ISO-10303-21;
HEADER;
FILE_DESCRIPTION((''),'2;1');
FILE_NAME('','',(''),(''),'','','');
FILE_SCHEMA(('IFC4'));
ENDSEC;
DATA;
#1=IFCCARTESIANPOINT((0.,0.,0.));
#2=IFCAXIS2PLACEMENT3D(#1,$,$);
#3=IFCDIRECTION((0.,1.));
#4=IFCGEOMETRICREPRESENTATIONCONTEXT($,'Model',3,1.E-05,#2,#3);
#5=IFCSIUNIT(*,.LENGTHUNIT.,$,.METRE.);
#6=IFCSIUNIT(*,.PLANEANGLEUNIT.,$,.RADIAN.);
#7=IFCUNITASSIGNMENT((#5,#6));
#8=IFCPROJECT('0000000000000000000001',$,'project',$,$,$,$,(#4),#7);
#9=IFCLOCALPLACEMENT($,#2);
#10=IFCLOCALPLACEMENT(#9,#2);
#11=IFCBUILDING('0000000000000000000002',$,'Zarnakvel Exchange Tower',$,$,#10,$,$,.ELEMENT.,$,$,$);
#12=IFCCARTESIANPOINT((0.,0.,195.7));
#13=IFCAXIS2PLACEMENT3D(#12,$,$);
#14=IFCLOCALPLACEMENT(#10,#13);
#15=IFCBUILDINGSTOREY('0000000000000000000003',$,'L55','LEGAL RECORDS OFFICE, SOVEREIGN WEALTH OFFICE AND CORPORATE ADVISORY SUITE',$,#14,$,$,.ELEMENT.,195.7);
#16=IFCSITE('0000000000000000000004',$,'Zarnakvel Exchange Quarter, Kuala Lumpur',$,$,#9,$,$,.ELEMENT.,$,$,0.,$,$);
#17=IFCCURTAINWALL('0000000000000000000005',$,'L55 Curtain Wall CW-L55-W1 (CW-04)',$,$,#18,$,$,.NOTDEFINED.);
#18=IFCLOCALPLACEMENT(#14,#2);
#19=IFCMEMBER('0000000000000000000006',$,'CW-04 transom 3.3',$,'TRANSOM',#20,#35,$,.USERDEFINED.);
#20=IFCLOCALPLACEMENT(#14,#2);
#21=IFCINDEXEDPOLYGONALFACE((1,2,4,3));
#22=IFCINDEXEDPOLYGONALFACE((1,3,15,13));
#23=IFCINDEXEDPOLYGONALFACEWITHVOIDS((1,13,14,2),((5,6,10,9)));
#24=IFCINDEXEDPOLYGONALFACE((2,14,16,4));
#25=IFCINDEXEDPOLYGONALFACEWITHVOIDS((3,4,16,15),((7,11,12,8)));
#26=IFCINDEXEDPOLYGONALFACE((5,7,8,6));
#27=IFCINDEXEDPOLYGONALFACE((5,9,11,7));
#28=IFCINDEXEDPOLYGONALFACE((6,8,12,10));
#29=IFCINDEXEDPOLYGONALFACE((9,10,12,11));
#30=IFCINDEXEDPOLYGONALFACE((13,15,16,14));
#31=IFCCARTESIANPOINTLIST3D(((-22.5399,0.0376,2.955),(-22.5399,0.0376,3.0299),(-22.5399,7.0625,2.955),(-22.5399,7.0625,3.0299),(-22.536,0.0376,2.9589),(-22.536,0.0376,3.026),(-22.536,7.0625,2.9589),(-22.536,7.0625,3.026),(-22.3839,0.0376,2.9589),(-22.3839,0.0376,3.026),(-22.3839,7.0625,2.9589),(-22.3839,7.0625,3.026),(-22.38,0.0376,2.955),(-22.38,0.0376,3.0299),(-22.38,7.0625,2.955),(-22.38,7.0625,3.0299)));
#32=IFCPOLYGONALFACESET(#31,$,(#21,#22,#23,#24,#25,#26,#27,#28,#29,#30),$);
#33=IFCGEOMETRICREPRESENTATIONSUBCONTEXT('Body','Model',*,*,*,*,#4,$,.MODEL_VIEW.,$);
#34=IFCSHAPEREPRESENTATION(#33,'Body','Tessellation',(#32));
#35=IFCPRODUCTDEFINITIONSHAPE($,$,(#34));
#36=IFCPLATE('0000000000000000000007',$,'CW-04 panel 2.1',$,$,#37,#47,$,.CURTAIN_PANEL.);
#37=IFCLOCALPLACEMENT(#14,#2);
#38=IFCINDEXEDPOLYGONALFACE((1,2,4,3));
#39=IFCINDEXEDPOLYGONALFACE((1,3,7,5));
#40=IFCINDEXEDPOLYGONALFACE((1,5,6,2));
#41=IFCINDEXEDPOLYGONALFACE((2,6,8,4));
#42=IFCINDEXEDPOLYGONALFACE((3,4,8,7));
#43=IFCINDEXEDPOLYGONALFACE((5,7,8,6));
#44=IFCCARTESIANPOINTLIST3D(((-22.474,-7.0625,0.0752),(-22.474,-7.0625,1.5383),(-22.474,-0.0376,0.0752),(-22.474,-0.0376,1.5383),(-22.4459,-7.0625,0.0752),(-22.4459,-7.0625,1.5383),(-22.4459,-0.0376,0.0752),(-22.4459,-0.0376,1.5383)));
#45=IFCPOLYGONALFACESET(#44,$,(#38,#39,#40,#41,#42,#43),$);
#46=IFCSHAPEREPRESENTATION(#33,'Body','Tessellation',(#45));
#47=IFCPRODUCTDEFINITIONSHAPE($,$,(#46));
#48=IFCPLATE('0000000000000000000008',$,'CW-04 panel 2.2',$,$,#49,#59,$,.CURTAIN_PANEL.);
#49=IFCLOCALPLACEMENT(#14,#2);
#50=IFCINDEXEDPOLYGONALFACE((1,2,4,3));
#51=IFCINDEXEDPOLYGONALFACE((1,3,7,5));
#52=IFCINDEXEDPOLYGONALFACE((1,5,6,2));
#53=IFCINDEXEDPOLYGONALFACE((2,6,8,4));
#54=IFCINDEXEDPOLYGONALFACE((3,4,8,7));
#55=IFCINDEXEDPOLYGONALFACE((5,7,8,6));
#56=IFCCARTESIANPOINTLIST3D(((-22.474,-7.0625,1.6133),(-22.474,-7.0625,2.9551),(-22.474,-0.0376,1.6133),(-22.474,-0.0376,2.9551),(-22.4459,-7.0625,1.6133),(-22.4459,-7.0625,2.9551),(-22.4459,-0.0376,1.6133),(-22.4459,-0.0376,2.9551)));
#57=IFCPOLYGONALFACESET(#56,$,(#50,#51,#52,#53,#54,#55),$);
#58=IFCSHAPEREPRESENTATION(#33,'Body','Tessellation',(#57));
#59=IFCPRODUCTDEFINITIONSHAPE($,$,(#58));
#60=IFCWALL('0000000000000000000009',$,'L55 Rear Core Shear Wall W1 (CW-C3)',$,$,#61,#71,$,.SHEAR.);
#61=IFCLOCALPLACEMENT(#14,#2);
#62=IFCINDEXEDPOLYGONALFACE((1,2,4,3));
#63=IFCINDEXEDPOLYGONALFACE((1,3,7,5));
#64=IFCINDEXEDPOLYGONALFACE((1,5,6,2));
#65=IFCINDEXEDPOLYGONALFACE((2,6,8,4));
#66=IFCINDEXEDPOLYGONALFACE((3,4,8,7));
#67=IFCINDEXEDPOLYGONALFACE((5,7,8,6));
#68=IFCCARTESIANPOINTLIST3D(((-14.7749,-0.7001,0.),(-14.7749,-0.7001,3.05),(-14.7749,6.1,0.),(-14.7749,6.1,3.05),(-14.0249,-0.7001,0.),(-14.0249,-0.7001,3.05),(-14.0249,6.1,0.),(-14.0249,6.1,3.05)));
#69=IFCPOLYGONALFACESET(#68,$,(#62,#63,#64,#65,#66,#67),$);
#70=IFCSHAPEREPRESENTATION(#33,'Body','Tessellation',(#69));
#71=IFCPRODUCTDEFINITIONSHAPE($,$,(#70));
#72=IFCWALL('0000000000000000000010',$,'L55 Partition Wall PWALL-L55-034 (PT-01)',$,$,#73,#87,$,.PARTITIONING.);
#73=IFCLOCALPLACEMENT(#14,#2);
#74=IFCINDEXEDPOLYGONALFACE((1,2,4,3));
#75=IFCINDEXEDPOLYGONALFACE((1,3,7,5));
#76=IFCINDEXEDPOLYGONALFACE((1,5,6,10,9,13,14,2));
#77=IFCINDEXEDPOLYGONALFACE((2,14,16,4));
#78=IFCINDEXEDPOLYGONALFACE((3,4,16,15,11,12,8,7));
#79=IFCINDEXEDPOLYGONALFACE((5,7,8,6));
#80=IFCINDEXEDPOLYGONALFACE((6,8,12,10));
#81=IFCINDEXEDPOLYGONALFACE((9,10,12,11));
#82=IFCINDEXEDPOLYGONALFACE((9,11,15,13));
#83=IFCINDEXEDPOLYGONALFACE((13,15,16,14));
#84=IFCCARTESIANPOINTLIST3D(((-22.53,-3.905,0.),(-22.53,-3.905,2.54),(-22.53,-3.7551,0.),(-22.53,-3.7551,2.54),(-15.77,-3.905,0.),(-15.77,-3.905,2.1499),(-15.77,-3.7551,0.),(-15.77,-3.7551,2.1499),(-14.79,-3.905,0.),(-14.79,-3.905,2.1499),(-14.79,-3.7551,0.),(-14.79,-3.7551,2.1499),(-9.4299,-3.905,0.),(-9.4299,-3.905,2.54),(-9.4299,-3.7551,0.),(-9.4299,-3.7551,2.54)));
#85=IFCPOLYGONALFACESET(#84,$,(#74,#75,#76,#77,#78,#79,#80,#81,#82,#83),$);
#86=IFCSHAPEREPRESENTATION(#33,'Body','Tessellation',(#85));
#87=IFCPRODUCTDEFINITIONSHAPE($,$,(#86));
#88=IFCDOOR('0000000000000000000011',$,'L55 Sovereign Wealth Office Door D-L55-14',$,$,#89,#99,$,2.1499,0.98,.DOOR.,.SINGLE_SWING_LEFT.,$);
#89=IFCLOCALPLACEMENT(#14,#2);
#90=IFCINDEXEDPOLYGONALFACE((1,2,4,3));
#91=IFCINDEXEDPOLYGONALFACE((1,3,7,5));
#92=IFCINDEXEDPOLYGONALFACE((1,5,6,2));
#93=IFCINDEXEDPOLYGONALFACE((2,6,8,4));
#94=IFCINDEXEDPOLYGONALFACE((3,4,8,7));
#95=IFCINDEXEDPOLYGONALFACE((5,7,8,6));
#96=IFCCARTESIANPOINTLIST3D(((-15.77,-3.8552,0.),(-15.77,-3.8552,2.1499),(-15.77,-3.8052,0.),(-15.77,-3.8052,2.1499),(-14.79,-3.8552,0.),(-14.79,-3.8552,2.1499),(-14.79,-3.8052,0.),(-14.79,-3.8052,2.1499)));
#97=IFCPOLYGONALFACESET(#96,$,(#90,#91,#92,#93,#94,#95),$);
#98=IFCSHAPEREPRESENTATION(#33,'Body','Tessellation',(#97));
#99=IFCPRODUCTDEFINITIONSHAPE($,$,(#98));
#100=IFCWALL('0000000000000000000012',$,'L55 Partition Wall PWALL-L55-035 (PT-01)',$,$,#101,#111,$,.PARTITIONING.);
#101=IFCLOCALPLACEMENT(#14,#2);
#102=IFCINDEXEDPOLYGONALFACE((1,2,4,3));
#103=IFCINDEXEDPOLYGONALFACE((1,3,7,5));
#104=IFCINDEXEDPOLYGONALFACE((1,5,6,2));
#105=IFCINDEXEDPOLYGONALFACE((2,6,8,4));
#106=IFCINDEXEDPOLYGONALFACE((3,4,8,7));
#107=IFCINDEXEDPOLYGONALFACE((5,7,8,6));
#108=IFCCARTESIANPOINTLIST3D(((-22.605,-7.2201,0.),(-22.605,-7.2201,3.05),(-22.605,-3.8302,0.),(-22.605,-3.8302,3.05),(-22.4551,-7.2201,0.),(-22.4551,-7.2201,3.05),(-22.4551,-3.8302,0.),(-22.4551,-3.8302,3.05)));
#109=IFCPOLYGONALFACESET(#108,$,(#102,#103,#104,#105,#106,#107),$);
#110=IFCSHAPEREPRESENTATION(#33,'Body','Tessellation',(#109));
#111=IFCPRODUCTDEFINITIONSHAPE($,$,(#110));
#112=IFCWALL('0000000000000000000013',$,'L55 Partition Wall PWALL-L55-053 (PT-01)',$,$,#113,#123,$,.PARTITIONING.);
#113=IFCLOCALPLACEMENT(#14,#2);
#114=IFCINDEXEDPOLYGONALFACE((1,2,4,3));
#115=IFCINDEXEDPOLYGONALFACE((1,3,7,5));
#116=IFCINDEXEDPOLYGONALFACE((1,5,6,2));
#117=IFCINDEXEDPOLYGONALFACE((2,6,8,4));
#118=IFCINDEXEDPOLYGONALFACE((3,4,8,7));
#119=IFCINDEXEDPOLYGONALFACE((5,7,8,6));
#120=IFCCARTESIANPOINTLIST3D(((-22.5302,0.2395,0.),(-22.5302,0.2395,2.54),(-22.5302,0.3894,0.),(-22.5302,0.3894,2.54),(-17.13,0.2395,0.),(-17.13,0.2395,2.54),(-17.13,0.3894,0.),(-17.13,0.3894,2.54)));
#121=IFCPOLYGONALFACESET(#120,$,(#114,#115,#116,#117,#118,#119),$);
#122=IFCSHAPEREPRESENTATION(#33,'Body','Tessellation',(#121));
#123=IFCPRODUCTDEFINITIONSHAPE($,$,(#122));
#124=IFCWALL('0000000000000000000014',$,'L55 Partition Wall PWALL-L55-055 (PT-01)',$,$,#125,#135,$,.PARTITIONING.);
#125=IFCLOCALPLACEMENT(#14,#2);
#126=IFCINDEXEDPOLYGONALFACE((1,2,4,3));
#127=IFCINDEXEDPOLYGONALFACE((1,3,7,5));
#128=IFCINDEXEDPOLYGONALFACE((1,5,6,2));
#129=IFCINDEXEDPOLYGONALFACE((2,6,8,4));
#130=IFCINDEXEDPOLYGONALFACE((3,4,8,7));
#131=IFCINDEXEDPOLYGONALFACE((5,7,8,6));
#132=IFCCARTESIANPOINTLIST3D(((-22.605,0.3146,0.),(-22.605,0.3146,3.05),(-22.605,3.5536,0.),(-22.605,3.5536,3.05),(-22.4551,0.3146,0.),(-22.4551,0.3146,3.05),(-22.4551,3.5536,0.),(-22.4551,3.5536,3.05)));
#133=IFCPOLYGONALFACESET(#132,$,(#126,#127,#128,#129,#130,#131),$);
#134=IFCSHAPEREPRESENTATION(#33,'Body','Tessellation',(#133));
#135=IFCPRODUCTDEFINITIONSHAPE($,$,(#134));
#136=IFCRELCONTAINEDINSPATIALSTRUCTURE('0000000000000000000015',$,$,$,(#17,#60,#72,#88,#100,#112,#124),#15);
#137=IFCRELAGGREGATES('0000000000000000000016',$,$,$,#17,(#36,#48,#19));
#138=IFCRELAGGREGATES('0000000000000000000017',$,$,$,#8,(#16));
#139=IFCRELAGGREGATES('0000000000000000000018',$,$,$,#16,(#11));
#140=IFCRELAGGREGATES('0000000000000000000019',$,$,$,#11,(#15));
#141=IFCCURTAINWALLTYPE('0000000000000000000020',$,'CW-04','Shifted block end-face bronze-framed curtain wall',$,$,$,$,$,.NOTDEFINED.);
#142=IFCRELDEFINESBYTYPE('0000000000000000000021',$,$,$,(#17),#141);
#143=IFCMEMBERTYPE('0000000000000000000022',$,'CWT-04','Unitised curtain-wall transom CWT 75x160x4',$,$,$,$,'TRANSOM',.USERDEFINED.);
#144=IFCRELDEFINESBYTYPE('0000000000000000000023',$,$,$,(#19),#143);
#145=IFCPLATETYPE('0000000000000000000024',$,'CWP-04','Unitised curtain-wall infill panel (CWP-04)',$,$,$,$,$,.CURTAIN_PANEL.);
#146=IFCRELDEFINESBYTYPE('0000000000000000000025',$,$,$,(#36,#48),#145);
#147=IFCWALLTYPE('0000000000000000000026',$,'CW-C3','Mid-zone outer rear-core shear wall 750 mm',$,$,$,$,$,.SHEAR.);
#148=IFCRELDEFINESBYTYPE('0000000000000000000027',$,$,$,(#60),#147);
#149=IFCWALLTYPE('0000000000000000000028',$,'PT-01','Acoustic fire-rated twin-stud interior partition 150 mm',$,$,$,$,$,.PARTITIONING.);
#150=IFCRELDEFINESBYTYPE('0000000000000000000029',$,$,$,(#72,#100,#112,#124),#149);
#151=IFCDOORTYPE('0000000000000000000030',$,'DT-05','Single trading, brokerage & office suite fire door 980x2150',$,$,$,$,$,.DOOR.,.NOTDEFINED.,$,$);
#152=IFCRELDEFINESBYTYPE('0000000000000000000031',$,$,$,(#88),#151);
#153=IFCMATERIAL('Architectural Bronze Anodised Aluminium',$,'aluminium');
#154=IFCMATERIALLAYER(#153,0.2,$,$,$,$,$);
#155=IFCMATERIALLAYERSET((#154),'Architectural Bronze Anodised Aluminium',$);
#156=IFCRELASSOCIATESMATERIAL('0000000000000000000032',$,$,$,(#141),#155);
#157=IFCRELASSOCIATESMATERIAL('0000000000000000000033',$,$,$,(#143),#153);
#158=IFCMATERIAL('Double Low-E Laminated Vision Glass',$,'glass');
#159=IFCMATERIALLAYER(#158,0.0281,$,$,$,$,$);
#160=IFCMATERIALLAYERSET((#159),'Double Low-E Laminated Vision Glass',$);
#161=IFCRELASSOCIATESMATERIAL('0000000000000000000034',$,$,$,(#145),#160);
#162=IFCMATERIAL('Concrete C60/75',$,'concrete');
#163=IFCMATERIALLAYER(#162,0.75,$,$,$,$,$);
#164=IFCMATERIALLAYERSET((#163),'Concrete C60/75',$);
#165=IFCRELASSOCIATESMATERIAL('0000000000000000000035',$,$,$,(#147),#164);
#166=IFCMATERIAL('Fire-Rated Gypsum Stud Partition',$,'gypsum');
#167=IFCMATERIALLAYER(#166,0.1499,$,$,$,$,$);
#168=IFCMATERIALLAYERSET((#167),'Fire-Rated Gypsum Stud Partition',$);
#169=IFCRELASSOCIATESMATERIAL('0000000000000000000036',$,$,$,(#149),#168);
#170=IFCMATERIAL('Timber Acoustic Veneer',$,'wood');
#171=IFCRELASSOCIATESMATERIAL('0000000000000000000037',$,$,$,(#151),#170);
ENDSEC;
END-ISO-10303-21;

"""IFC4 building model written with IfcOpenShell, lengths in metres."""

from ifc_helpers import new_model, si_unit, direction, frame, frame_2d, origin, origin_2d, place, context, subcontext, project, spatial, rectangle, hollow_rectangle, extrude, source, transform, mapped, material, layer, layer_set, material_profile, profile_set, type_object, element, fill, aggregate, save


model = new_model("IFC4")

# Units and contexts
model_context = context("Model", 3, precision=1e-05, world=origin(), true_north=direction((0.0, 1.0)))
body_context = subcontext(model_context, "Body", "Model", "MODEL_VIEW")
ifc_project = project(units=[si_unit("LENGTHUNIT", "METRE"), si_unit("PLANEANGLEUNIT", "RADIAN")], contexts=[model_context])

# Site, building, storey
site_placement = place(None, origin())
site = spatial("IfcSite", under=ifc_project, at=site_placement, Name="Zarnakvel Exchange Quarter, Kuala Lumpur", CompositionType="ELEMENT", RefElevation=0.0)
building_placement = place(site_placement, origin())
building = spatial("IfcBuilding", under=site, at=building_placement, Name="Zarnakvel Exchange Tower", CompositionType="ELEMENT")
storey_placement = place(building_placement, frame((0.0, 0.0, 195.7)))
storey = spatial("IfcBuildingStorey", under=building, at=storey_placement, Name="L55", Description="LEGAL RECORDS OFFICE, SOVEREIGN WEALTH OFFICE AND CORPORATE ADVISORY SUITE", CompositionType="ELEMENT", Elevation=195.7)

# Shared definitions
ifc_material_1 = material(Name="Concrete C60/75", Category="concrete")

# Curtain wall, member, plates
ifc_material_2 = material(Name="Architectural Bronze Anodised Aluminium", Category="aluminium")
ifc_layer_1 = layer(ifc_material_2, 0.2)
ifc_layer_set_1 = layer_set([ifc_layer_1], Name="Architectural Bronze Anodised Aluminium")
curtain_wall_type = type_object("IfcCurtainWallType", Name="CW-04", Description="Shifted block end-face bronze-framed curtain wall", PredefinedType="NOTDEFINED", material=ifc_layer_set_1)
curtain_wall_placement = place(storey_placement, origin())
curtain_wall = element("IfcCurtainWall", 1, at=curtain_wall_placement, inside=storey, type_object=curtain_wall_type, Name="L55 Curtain Wall CW-L55-W1 (CW-04)", PredefinedType="NOTDEFINED")
ifc_material_profile_1 = material_profile(ifc_material_2, hollow_rectangle(XDim=0.1599, YDim=0.075, WallThickness=0.0039, at=origin_2d()))
ifc_profile_set_1 = profile_set([ifc_material_profile_1], Name="Architectural Bronze Anodised Aluminium")
member_type_1 = type_object("IfcMemberType", Name="CWT-04", Description="Unitised curtain-wall transom CWT 75x160x4", ElementType="TRANSOM", PredefinedType="USERDEFINED", material=ifc_profile_set_1)
shared_shape_1 = source(origin(), body_context, "Body", "SweptSolid", [
    extrude(hollow_rectangle(XDim=0.1599, YDim=0.075, WallThickness=0.0039, at=origin_2d()), origin(), (0.0, 0.0, 1.0), 7.0249),
])
member_1_placement = place(storey_placement, frame((-22.46, 0.0376, 2.9924), z_axis=(0.0, 1.0, 0.0), x_axis=(-1.0, 0.0, 0.0)))
member_1 = element("IfcMember", 2, at=member_1_placement, type_object=member_type_1, Name="CW-04 transom 3.3", ObjectType="TRANSOM", PredefinedType="USERDEFINED", context=body_context, shape_type="MappedRepresentation", body=[
    mapped(shared_shape_1, transform((0.0, 0.0, 0.0), x_axis=(1.0, 0.0, 0.0), y_axis=(0.0, 1.0, 0.0), z_axis=(0.0, 0.0, 1.0), scale=1.0)),
])
ifc_material_3 = material(Name="Double Low-E Laminated Vision Glass", Category="glass")
ifc_layer_2 = layer(ifc_material_3, 0.0281)
ifc_layer_set_2 = layer_set([ifc_layer_2], Name="Double Low-E Laminated Vision Glass")
plate_type = type_object("IfcPlateType", Name="CWP-04", Description="Unitised curtain-wall infill panel (CWP-04)", PredefinedType="CURTAIN_PANEL", material=ifc_layer_set_2)
shared_shape_2 = source(origin(), body_context, "Body", "SweptSolid", [
    extrude(rectangle(XDim=7.0249, YDim=0.0281, at=origin_2d()), origin(), (0.0, 0.0, 1.0), 1.4631),
])
plate_1_placement = place(storey_placement, frame((-22.46, -3.55, 0.0752), z_axis=(0.0, 0.0, 1.0), x_axis=(0.0, 1.0, 0.0)))
plate_1 = element("IfcPlate", 3, at=plate_1_placement, type_object=plate_type, Name="CW-04 panel 2.1", PredefinedType="CURTAIN_PANEL", context=body_context, shape_type="MappedRepresentation", body=[
    mapped(shared_shape_2, transform((0.0, 0.0, 0.0), x_axis=(1.0, 0.0, 0.0), y_axis=(0.0, 1.0, 0.0), z_axis=(0.0, 0.0, 1.0), scale=1.0)),
])
shared_shape_3 = source(origin(), body_context, "Body", "SweptSolid", [
    extrude(rectangle(XDim=7.0249, YDim=0.0281, at=origin_2d()), origin(), (0.0, 0.0, 1.0), 1.3418),
])
plate_2_placement = place(storey_placement, frame((-22.46, -3.55, 1.6133), z_axis=(0.0, 0.0, 1.0), x_axis=(0.0, 1.0, 0.0)))
plate_2 = element("IfcPlate", 4, at=plate_2_placement, type_object=plate_type, Name="CW-04 panel 2.2", PredefinedType="CURTAIN_PANEL", context=body_context, shape_type="MappedRepresentation", body=[
    mapped(shared_shape_3, transform((0.0, 0.0, 0.0), x_axis=(1.0, 0.0, 0.0), y_axis=(0.0, 1.0, 0.0), z_axis=(0.0, 0.0, 1.0), scale=1.0)),
])
aggregate(curtain_wall, [plate_1, plate_2, member_1])

# Wall
ifc_layer_3 = layer(ifc_material_1, 0.75)
ifc_layer_set_3 = layer_set([ifc_layer_3], Name="Concrete C60/75")
wall_type_1 = type_object("IfcWallType", Name="CW-C3", Description="Mid-zone outer rear-core shear wall 750 mm", PredefinedType="SHEAR", material=ifc_layer_set_3)
wall_1_placement = place(storey_placement, frame((-14.3999, -0.7, 0.0), z_axis=(0.0, 0.0, 1.0), x_axis=(0.0, 1.0, 0.0)))
element("IfcWall", 5, at=wall_1_placement, inside=storey, type_object=wall_type_1, Name="L55 Rear Core Shear Wall W1 (CW-C3)", PredefinedType="SHEAR", context=body_context, shape_type="SweptSolid", body=[
    extrude(rectangle(XDim=6.8, YDim=0.75, at=frame_2d((3.3999, 0.0))), origin(), (0.0, 0.0, 1.0), 3.05),
])

# Wall, opening, door
ifc_material_4 = material(Name="Fire-Rated Gypsum Stud Partition", Category="gypsum")
ifc_layer_4 = layer(ifc_material_4, 0.1499)
ifc_layer_set_4 = layer_set([ifc_layer_4], Name="Fire-Rated Gypsum Stud Partition")
wall_type_2 = type_object("IfcWallType", Name="PT-01", Description="Acoustic fire-rated twin-stud interior partition 150 mm", PredefinedType="PARTITIONING", material=ifc_layer_set_4)
wall_2_placement = place(storey_placement, frame((-22.53, -3.8301, 0.0), z_axis=(0.0, 0.0, 1.0), x_axis=(1.0, 0.0, 0.0)))
wall_2 = element("IfcWall", 6, at=wall_2_placement, inside=storey, type_object=wall_type_2, Name="L55 Partition Wall PWALL-L55-034 (PT-01)", PredefinedType="PARTITIONING", context=body_context, shape_type="SweptSolid", body=[
    extrude(rectangle(XDim=13.1001, YDim=0.1499, at=frame_2d((6.55, 0.0))), origin(), (0.0, 0.0, 1.0), 2.54),
])
opening_placement = place(wall_2_placement, frame((6.76, 0.0, 0.0)))
opening = element("IfcOpeningElement", 7, at=opening_placement, cuts=wall_2, PredefinedType="OPENING", context=body_context, shape_type="SweptSolid", body=[
    extrude(rectangle(XDim=0.98, YDim=2.1499, at=frame_2d((0.49, 1.075))), frame((0.0, 0.085, 0.0), z_axis=(0.0, -1.0, 0.0), x_axis=(1.0, 0.0, 0.0)), (0.0, 0.0, 1.0), 0.1699),
])
ifc_material_5 = material(Name="Timber Acoustic Veneer", Category="wood")
door_type = type_object("IfcDoorType", Name="DT-05", Description="Single trading, brokerage & office suite fire door 980x2150", OperationType="NOTDEFINED", PredefinedType="DOOR", material=ifc_material_5)
shared_shape_4 = source(origin(), body_context, "Body", "SweptSolid", [
    extrude(rectangle(XDim=0.98, YDim=2.1499, at=frame_2d((0.49, 1.075))), frame((0.0, 0.0249, 0.0), z_axis=(0.0, -1.0, 0.0), x_axis=(1.0, 0.0, 0.0)), (0.0, 0.0, 1.0), 0.05),
])
door_placement = place(opening_placement, origin())
door = element("IfcDoor", 8, at=door_placement, inside=storey, type_object=door_type, Name="L55 Sovereign Wealth Office Door D-L55-14", OperationType="SINGLE_SWING_LEFT", OverallHeight=2.1499, OverallWidth=0.98, PredefinedType="DOOR", context=body_context, shape_type="MappedRepresentation", body=[
    mapped(shared_shape_4, transform((0.0, 0.0, 0.0), x_axis=(1.0, 0.0, 0.0), y_axis=(0.0, 1.0, 0.0), z_axis=(0.0, 0.0, 1.0), scale=1.0)),
])
fill(opening, door)

# Walls
wall_3_placement = place(storey_placement, frame((-22.53, -7.22, 0.0), z_axis=(0.0, 0.0, 1.0), x_axis=(0.0, 1.0, 0.0)))
element("IfcWall", 9, at=wall_3_placement, inside=storey, type_object=wall_type_2, Name="L55 Partition Wall PWALL-L55-035 (PT-01)", PredefinedType="PARTITIONING", context=body_context, shape_type="SweptSolid", body=[
    extrude(rectangle(XDim=3.3899, YDim=0.1499, at=frame_2d((1.6948, 0.0))), origin(), (0.0, 0.0, 1.0), 3.05),
])
wall_4_placement = place(storey_placement, frame((-17.1299, 0.3145, 0.0), z_axis=(0.0, 0.0, 1.0), x_axis=(-1.0, 0.0, 0.0)))
element("IfcWall", 10, at=wall_4_placement, inside=storey, type_object=wall_type_2, Name="L55 Partition Wall PWALL-L55-053 (PT-01)", PredefinedType="PARTITIONING", context=body_context, shape_type="SweptSolid", body=[
    extrude(rectangle(XDim=5.4001, YDim=0.1499, at=frame_2d((2.7002, 0.0))), origin(), (0.0, 0.0, 1.0), 2.54),
])
wall_5_placement = place(storey_placement, frame((-22.53, 0.3145, 0.0), z_axis=(0.0, 0.0, 1.0), x_axis=(0.0, 1.0, 0.0)))
element("IfcWall", 11, at=wall_5_placement, inside=storey, type_object=wall_type_2, Name="L55 Partition Wall PWALL-L55-055 (PT-01)", PredefinedType="PARTITIONING", context=body_context, shape_type="SweptSolid", body=[
    extrude(rectangle(XDim=3.239, YDim=0.1499, at=frame_2d((1.6196, 0.0))), origin(), (0.0, 0.0, 1.0), 3.05),
])

save(model, "model.ifc")
